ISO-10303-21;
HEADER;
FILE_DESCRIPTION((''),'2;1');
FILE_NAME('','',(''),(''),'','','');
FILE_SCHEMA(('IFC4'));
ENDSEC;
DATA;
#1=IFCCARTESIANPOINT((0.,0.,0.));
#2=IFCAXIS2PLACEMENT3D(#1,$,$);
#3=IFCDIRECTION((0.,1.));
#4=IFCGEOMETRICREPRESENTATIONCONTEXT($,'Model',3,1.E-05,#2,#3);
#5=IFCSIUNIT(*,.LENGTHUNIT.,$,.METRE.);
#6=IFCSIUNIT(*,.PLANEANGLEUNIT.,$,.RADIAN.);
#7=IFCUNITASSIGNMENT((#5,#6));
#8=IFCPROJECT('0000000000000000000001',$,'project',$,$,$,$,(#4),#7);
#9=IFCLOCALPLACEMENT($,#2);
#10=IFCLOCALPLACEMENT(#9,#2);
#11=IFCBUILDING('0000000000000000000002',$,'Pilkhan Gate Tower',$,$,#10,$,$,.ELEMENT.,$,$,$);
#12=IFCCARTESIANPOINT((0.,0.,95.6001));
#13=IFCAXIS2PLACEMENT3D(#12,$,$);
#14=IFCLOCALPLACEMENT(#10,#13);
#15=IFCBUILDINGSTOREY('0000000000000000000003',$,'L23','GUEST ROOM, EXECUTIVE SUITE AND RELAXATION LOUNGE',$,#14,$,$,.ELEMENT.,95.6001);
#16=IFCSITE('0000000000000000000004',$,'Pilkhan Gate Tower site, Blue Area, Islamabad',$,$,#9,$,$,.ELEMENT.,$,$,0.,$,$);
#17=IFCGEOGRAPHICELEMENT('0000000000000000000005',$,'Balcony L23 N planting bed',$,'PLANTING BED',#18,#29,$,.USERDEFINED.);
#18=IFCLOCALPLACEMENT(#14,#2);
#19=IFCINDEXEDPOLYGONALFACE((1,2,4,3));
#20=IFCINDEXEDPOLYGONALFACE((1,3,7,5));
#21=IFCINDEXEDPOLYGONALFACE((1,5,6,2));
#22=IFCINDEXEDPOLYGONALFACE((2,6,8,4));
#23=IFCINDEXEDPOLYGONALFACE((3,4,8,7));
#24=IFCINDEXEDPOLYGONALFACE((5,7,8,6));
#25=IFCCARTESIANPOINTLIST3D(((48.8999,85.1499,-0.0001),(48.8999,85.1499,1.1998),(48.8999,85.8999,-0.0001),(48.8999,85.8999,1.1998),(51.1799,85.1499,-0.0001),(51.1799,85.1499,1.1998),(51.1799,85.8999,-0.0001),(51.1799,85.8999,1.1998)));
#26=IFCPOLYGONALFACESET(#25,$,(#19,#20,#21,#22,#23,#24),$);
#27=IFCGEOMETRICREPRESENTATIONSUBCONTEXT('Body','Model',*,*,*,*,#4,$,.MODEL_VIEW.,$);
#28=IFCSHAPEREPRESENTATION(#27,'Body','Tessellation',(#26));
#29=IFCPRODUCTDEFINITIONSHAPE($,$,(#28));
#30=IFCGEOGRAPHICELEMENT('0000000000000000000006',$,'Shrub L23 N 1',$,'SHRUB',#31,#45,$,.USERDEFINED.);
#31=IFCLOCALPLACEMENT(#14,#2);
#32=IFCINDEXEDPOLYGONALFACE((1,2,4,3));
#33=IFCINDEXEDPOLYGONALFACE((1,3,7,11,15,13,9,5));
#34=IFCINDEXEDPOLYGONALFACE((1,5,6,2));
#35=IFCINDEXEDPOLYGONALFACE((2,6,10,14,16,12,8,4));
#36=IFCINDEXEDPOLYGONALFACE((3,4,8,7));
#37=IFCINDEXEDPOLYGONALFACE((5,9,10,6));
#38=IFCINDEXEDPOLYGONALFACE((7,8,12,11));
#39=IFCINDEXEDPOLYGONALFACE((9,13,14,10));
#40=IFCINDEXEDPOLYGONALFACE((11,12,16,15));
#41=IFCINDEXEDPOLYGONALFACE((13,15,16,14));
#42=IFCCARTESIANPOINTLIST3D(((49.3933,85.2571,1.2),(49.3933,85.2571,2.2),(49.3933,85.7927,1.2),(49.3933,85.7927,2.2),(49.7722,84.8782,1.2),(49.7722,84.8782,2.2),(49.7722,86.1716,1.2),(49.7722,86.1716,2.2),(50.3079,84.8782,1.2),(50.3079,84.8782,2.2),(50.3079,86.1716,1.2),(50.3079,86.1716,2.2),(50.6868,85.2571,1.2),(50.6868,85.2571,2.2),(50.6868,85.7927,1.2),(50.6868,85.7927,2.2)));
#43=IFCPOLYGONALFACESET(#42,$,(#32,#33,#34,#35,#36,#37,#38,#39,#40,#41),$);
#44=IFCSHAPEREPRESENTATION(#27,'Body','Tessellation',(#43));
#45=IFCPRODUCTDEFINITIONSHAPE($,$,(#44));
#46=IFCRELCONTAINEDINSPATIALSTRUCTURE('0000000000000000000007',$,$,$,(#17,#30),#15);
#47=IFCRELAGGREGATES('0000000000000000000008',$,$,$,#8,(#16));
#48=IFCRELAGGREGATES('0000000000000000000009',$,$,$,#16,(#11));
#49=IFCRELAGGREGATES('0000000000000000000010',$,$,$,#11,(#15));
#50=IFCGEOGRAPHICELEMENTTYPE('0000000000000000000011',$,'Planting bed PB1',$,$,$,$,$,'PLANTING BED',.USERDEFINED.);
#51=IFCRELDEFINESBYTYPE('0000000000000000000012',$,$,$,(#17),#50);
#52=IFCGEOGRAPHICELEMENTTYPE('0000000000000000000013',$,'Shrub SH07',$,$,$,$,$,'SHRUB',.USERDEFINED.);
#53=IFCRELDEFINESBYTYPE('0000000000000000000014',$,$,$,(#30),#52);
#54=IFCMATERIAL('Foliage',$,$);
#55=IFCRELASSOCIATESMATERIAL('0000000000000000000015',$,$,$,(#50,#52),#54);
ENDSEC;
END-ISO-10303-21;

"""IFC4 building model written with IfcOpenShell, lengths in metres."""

from ifc_helpers import new_model, si_unit, direction, frame, origin, origin_2d, place, context, subcontext, project, spatial, polyline, rectangle, outline, extrude, material, material_profile, profile_set, type_object, element, save


model = new_model("IFC4")

# Units and contexts
model_context = context("Model", 3, precision=1e-05, world=origin(), true_north=direction((0.0, 1.0)))
body_context = subcontext(model_context, "Body", "Model", "MODEL_VIEW")
ifc_project = project(units=[si_unit("LENGTHUNIT", "METRE"), si_unit("PLANEANGLEUNIT", "RADIAN")], contexts=[model_context])

# Site, building, storey
site_placement = place(None, origin())
site = spatial("IfcSite", under=ifc_project, at=site_placement, Name="Pilkhan Gate Tower site, Blue Area, Islamabad", CompositionType="ELEMENT", RefElevation=0.0)
building_placement = place(site_placement, origin())
building = spatial("IfcBuilding", under=site, at=building_placement, Name="Pilkhan Gate Tower", CompositionType="ELEMENT")
storey_placement = place(building_placement, frame((0.0, 0.0, 95.6001)))
storey = spatial("IfcBuildingStorey", under=building, at=storey_placement, Name="L23", Description="GUEST ROOM, EXECUTIVE SUITE AND RELAXATION LOUNGE", CompositionType="ELEMENT", Elevation=95.6001)

# Geographic elements
ifc_material_1 = material(Name="Foliage")
ifc_material_profile_1 = material_profile(ifc_material_1, rectangle(XDim=0.75, YDim=1.2, at=origin_2d()), Name="Bed 750x1200")
ifc_profile_set_1 = profile_set([ifc_material_profile_1], Name="Foliage")
geographic_element_type_1 = type_object("IfcGeographicElementType", Name="Planting bed PB1", ElementType="PLANTING BED", PredefinedType="USERDEFINED", material=ifc_profile_set_1)
geographic_element_1_placement = place(storey_placement, frame((48.8999, 85.5249, 0.5999), z_axis=(1.0, 0.0, 0.0), x_axis=(0.0, 1.0, 0.0)))
element("IfcGeographicElement", 1, at=geographic_element_1_placement, inside=storey, type_object=geographic_element_type_1, Name="Balcony L23 N planting bed", ObjectType="PLANTING BED", PredefinedType="USERDEFINED", context=body_context, shape_type="SweptSolid", body=[
    extrude(rectangle(XDim=0.75, YDim=1.2, at=origin_2d()), origin(), (0.0, 0.0, 1.0), 2.28),
])
ifc_material_profile_2 = material_profile(ifc_material_1, outline(polyline([(0.6467, 0.2678), (0.2678, 0.6467), (-0.2678, 0.6467), (-0.6467, 0.2678), (-0.6467, -0.2678), (-0.2678, -0.6467), (0.2678, -0.6467), (0.6467, -0.2678), (0.6467, 0.2678)])), Name="Shrub D1.4")
ifc_profile_set_2 = profile_set([ifc_material_profile_2], Name="Foliage")
geographic_element_type_2 = type_object("IfcGeographicElementType", Name="Shrub SH07", ElementType="SHRUB", PredefinedType="USERDEFINED", material=ifc_profile_set_2)
geographic_element_2_placement = place(storey_placement, frame((50.04, 85.5249, 1.2), z_axis=(0.0, 0.0, 1.0), x_axis=(1.0, 0.0, 0.0)))
element("IfcGeographicElement", 2, at=geographic_element_2_placement, inside=storey, type_object=geographic_element_type_2, Name="Shrub L23 N 1", ObjectType="SHRUB", PredefinedType="USERDEFINED", context=body_context, shape_type="SweptSolid", body=[
    extrude(outline(polyline([(0.6467, 0.2678), (0.2678, 0.6467), (-0.2678, 0.6467), (-0.6467, 0.2678), (-0.6467, -0.2678), (-0.2678, -0.6467), (0.2678, -0.6467), (0.6467, -0.2678), (0.6467, 0.2678)])), origin(), (0.0, 0.0, 1.0), 1.0),
])

save(model, "model.ifc")
